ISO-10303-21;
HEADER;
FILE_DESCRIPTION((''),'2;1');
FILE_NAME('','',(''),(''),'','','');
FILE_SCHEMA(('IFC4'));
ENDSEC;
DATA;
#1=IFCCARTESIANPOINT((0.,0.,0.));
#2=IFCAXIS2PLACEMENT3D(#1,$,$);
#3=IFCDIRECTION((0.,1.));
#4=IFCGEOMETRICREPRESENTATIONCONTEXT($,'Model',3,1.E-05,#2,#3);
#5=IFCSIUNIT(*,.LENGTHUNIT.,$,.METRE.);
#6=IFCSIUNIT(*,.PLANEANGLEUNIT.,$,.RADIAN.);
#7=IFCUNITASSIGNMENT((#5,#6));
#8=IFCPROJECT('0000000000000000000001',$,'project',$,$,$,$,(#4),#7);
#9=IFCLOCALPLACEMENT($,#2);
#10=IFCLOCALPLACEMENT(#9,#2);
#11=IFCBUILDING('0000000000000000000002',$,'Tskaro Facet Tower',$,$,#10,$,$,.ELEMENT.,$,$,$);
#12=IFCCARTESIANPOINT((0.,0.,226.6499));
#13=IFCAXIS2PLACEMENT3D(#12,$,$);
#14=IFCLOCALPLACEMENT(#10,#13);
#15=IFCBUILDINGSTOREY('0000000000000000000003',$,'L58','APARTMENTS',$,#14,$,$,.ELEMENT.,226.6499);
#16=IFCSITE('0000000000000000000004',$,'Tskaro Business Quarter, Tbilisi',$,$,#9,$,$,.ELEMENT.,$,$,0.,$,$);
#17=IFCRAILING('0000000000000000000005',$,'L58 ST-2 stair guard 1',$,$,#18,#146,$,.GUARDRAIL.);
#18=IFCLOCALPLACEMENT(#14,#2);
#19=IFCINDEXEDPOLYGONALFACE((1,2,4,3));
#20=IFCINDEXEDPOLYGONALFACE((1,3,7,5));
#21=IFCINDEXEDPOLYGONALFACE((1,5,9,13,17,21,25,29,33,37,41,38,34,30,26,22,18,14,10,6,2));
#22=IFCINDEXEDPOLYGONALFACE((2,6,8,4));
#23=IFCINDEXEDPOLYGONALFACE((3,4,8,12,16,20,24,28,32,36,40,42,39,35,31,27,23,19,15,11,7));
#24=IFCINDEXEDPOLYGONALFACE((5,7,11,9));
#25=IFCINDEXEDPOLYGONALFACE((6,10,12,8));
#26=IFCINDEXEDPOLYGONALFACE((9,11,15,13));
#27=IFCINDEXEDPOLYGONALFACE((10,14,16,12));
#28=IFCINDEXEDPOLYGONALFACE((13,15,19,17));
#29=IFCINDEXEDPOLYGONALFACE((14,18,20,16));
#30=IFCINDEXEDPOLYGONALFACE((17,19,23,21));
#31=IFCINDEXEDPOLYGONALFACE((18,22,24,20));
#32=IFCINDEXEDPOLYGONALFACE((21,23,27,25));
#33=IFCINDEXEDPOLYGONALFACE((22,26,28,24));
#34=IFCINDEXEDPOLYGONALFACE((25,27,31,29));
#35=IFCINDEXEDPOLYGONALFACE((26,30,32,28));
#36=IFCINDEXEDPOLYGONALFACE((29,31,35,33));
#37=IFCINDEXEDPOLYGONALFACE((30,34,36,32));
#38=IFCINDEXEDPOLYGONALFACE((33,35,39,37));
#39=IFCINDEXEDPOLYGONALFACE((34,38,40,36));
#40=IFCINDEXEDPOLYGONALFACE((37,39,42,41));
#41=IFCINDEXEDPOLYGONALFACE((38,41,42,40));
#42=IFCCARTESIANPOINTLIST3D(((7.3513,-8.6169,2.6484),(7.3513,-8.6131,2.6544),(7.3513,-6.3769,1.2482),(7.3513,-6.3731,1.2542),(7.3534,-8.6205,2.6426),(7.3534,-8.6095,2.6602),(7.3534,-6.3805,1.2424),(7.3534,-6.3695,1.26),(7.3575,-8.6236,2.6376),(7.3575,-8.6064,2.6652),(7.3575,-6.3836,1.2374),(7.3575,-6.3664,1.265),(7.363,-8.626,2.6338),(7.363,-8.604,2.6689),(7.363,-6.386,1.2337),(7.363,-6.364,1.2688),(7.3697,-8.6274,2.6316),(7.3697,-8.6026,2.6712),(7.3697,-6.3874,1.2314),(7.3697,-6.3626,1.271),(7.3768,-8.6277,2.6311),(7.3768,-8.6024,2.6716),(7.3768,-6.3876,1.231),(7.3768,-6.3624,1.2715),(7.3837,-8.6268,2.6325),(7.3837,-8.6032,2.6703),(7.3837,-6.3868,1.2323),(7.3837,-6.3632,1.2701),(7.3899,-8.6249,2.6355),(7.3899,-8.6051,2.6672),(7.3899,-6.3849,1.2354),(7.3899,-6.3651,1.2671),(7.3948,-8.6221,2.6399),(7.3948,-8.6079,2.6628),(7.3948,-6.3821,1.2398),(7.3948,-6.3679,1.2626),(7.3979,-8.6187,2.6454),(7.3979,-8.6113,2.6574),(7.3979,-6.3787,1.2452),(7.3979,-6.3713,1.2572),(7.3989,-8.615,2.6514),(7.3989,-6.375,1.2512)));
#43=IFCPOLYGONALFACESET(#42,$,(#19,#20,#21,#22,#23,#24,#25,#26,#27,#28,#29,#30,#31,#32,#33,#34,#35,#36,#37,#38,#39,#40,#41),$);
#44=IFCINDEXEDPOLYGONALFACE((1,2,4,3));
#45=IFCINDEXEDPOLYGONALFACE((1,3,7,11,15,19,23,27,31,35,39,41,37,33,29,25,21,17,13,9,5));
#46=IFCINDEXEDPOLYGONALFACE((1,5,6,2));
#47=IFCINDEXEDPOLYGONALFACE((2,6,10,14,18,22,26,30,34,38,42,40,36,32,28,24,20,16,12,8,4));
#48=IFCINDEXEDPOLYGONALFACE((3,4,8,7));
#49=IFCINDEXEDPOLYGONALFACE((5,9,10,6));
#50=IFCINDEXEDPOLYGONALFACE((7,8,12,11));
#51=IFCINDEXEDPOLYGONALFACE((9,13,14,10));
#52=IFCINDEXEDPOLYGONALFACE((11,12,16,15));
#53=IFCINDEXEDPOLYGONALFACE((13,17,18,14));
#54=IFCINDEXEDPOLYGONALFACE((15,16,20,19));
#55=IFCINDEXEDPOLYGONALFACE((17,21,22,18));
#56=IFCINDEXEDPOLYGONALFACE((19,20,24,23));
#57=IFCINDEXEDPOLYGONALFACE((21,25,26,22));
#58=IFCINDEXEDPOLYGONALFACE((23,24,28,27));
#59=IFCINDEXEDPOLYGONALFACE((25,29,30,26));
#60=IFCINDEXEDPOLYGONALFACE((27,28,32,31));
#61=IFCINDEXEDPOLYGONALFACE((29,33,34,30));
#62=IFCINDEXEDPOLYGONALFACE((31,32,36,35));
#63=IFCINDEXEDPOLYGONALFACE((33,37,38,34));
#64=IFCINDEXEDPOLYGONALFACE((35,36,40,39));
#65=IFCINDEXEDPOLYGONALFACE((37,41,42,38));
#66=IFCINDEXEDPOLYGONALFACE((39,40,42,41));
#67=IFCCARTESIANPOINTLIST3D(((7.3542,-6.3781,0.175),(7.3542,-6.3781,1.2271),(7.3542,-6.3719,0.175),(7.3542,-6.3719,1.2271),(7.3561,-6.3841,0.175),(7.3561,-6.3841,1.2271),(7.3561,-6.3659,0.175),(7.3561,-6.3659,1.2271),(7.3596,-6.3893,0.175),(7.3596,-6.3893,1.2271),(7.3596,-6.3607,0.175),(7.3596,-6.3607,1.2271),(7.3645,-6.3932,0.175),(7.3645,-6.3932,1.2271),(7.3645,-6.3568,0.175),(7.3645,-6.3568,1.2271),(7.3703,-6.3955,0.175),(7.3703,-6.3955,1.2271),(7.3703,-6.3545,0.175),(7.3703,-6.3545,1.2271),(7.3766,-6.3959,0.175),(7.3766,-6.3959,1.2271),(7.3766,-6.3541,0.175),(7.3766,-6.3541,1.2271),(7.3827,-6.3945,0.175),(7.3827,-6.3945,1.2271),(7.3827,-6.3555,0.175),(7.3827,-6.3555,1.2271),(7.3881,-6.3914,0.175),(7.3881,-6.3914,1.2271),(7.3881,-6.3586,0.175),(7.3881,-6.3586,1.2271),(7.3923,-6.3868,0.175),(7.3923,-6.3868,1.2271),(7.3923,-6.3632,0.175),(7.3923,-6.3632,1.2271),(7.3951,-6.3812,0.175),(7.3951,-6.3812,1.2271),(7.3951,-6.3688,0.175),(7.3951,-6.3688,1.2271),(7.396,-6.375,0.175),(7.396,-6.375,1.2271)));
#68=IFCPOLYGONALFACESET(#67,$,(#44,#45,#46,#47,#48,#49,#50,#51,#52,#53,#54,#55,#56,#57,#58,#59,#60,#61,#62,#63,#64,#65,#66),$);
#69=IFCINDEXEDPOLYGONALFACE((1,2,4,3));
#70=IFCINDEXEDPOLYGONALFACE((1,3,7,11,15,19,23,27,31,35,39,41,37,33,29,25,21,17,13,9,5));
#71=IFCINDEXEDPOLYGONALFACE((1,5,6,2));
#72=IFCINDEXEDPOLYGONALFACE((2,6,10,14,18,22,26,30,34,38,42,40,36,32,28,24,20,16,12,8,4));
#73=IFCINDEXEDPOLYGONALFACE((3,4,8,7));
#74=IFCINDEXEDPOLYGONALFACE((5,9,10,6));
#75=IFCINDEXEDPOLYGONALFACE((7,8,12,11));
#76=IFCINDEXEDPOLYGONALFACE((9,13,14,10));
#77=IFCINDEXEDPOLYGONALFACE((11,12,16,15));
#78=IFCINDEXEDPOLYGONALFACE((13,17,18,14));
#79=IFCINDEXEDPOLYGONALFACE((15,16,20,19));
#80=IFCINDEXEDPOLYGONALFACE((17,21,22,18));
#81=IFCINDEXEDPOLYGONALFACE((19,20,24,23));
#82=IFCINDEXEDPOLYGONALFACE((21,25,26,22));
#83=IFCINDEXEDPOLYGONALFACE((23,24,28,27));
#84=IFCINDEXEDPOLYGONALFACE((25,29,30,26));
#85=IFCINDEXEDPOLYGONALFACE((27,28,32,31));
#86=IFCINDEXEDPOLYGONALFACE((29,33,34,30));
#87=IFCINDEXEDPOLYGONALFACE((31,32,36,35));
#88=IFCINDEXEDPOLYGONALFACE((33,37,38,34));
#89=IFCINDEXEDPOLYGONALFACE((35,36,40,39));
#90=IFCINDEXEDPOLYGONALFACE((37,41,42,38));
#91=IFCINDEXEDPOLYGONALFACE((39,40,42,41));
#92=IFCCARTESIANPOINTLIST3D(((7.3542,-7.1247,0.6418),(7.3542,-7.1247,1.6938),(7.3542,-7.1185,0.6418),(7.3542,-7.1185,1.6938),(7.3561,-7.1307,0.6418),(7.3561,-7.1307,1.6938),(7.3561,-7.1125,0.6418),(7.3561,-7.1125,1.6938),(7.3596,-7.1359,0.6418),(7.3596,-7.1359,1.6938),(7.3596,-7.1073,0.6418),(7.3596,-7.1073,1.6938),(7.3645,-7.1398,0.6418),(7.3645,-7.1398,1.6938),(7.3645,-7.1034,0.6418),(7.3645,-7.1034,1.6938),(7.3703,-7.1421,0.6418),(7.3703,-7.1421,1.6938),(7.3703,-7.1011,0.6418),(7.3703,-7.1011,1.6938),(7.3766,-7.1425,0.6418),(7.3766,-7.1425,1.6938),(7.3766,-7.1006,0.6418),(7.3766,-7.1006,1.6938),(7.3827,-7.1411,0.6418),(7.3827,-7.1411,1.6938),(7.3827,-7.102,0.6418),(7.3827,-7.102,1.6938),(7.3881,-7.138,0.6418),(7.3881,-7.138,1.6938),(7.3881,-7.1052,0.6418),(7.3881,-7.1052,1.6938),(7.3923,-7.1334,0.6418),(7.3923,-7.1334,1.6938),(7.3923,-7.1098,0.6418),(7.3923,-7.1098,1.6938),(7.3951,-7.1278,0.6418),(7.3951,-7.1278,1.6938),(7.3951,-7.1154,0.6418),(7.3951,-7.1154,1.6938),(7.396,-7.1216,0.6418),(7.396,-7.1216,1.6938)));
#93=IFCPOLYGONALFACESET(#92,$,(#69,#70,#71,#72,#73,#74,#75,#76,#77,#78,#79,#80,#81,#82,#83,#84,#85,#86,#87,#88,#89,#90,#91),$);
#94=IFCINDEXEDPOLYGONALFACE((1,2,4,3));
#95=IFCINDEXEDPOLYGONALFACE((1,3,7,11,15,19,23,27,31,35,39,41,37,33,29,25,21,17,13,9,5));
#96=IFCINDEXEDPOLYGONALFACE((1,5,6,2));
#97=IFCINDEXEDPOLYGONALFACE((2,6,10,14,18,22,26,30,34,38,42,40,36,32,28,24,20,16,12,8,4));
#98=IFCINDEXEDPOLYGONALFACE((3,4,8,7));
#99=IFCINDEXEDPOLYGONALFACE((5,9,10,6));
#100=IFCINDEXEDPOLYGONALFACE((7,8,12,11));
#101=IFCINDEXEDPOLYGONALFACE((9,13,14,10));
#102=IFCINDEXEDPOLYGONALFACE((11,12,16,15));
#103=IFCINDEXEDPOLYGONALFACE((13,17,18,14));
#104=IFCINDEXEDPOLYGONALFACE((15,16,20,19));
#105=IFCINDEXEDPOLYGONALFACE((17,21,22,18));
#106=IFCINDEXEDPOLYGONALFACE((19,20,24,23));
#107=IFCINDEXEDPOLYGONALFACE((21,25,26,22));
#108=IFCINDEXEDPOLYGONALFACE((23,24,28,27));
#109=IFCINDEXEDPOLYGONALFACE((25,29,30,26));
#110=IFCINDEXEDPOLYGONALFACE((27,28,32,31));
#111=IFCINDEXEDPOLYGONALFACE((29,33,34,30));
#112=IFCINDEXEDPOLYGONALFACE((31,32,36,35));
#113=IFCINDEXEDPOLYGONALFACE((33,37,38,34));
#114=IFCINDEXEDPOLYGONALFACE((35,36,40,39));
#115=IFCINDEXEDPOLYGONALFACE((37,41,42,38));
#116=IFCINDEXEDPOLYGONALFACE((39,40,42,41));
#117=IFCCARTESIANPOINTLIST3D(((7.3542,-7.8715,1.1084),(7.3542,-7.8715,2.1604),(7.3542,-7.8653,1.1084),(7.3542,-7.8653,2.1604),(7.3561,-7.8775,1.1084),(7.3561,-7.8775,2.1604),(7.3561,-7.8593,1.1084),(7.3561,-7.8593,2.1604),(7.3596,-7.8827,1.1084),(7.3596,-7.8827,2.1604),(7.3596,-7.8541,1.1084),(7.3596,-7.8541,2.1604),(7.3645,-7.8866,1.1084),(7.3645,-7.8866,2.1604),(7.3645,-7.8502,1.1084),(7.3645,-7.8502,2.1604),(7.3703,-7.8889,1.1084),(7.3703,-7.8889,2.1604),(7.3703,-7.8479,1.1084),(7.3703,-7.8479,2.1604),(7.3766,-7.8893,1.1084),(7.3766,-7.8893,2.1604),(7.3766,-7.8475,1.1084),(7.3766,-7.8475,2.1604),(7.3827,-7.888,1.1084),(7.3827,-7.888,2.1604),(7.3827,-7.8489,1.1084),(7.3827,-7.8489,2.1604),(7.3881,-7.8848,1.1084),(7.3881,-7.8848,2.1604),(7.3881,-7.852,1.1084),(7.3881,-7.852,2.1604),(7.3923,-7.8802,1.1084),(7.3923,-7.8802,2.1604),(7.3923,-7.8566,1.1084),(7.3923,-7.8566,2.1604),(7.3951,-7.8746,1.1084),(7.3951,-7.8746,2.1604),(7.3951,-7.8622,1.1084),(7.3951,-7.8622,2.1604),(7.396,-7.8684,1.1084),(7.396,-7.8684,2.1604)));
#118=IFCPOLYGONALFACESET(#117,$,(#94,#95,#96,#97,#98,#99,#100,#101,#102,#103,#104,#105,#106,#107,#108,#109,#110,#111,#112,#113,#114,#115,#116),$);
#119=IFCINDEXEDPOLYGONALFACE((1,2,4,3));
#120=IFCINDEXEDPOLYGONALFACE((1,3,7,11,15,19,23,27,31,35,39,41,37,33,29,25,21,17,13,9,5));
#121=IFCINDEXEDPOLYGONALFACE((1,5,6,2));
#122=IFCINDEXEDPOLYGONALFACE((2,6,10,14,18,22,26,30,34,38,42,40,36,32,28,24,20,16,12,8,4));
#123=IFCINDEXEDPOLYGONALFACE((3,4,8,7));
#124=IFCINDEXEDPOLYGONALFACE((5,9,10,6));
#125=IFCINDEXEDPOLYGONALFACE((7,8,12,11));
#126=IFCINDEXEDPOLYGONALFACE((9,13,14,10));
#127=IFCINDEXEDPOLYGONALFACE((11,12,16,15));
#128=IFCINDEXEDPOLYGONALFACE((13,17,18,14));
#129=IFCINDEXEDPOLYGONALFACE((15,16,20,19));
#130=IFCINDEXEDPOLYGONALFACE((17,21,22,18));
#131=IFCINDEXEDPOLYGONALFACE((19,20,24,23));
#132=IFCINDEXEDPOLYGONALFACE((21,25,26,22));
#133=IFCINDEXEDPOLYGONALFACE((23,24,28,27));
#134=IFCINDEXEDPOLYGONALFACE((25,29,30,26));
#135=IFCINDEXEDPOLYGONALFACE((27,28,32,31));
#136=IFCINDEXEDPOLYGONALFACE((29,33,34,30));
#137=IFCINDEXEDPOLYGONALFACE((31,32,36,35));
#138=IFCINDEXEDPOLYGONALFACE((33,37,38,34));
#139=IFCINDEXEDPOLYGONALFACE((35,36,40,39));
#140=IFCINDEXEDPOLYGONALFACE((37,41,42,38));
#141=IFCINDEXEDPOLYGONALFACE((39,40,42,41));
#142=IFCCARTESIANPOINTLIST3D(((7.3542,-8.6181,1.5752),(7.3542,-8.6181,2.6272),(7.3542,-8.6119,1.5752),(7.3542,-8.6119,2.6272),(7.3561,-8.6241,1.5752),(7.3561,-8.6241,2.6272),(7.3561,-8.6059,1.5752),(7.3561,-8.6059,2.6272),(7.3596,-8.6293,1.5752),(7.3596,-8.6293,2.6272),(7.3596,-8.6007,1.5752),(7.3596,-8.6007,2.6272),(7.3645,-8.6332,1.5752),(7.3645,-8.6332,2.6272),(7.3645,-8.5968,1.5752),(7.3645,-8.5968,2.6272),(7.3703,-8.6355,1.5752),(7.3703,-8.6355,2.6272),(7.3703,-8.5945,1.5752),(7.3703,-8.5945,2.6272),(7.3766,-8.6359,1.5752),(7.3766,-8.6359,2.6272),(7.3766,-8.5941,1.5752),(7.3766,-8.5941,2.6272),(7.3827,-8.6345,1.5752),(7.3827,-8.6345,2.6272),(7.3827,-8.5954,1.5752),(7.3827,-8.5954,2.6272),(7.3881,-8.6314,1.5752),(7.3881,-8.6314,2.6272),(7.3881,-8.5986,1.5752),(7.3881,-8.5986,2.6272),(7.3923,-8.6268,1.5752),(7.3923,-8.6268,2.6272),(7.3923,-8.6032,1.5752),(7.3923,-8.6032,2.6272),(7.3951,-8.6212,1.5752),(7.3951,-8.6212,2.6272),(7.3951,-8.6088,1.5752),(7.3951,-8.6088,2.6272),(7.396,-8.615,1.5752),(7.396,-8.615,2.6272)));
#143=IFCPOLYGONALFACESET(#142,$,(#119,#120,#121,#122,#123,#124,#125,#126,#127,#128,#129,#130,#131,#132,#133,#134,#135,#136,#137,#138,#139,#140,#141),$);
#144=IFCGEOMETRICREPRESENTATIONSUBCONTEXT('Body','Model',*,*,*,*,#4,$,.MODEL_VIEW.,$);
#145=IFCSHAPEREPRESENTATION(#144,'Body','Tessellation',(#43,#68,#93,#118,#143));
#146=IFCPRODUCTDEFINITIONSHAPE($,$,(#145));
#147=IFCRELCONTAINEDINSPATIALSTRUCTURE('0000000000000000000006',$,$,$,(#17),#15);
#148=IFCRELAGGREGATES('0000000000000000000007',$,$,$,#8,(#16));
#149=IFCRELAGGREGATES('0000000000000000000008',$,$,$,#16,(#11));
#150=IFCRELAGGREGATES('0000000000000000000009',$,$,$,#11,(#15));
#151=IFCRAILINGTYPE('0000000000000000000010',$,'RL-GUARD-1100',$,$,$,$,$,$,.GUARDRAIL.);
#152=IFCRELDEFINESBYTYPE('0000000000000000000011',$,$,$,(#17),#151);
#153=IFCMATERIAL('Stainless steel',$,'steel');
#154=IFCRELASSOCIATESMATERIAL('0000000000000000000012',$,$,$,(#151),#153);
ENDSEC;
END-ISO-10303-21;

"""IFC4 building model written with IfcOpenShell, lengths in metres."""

from ifc_helpers import new_model, si_unit, direction, frame, origin, origin_2d, place, context, subcontext, project, spatial, circle, extrude, material, type_object, element, save


model = new_model("IFC4")

# Units and contexts
model_context = context("Model", 3, precision=1e-05, world=origin(), true_north=direction((0.0, 1.0)))
body_context = subcontext(model_context, "Body", "Model", "MODEL_VIEW")
ifc_project = project(units=[si_unit("LENGTHUNIT", "METRE"), si_unit("PLANEANGLEUNIT", "RADIAN")], contexts=[model_context])

# Site, building, storey
site_placement = place(None, origin())
site = spatial("IfcSite", under=ifc_project, at=site_placement, Name="Tskaro Business Quarter, Tbilisi", CompositionType="ELEMENT", RefElevation=0.0)
building_placement = place(site_placement, origin())
building = spatial("IfcBuilding", under=site, at=building_placement, Name="Tskaro Facet Tower", CompositionType="ELEMENT")
storey_placement = place(building_placement, frame((0.0, 0.0, 226.6499)))
storey = spatial("IfcBuildingStorey", under=building, at=storey_placement, Name="L58", Description="APARTMENTS", CompositionType="ELEMENT", Elevation=226.6499)

# Shared definitions
ifc_material_1 = material(Name="Stainless steel", Category="steel")

# Railing
railing_type_1 = type_object("IfcRailingType", Name="RL-GUARD-1100", PredefinedType="GUARDRAIL", material=ifc_material_1)
railing_1_placement = place(storey_placement, frame((7.375, -6.375, 0.175)))
element("IfcRailing", 1, at=railing_1_placement, inside=storey, type_object=railing_type_1, Name="L58 ST-2 stair guard 1", PredefinedType="GUARDRAIL", context=body_context, shape_type="SweptSolid", body=[
    extrude(circle(Radius=0.0239, at=origin_2d()), frame((0.0, 0.0, 1.0762), z_axis=(0.0, -0.847972, 0.53004), x_axis=(1.0, 0.0, 0.0)), (0.0, 0.0, 1.0), 2.6416),
    extrude(circle(Radius=0.021, at=origin_2d()), origin(), (0.0, 0.0, 1.0), 1.052),
    extrude(circle(Radius=0.021, at=origin_2d()), frame((0.0, -0.7466, 0.4668)), (0.0, 0.0, 1.0), 1.052),
    extrude(circle(Radius=0.021, at=origin_2d()), frame((0.0, -1.4934, 0.9333)), (0.0, 0.0, 1.0), 1.052),
    extrude(circle(Radius=0.021, at=origin_2d()), frame((0.0, -2.24, 1.4001)), (0.0, 0.0, 1.0), 1.052),
])

save(model, "model.ifc")
